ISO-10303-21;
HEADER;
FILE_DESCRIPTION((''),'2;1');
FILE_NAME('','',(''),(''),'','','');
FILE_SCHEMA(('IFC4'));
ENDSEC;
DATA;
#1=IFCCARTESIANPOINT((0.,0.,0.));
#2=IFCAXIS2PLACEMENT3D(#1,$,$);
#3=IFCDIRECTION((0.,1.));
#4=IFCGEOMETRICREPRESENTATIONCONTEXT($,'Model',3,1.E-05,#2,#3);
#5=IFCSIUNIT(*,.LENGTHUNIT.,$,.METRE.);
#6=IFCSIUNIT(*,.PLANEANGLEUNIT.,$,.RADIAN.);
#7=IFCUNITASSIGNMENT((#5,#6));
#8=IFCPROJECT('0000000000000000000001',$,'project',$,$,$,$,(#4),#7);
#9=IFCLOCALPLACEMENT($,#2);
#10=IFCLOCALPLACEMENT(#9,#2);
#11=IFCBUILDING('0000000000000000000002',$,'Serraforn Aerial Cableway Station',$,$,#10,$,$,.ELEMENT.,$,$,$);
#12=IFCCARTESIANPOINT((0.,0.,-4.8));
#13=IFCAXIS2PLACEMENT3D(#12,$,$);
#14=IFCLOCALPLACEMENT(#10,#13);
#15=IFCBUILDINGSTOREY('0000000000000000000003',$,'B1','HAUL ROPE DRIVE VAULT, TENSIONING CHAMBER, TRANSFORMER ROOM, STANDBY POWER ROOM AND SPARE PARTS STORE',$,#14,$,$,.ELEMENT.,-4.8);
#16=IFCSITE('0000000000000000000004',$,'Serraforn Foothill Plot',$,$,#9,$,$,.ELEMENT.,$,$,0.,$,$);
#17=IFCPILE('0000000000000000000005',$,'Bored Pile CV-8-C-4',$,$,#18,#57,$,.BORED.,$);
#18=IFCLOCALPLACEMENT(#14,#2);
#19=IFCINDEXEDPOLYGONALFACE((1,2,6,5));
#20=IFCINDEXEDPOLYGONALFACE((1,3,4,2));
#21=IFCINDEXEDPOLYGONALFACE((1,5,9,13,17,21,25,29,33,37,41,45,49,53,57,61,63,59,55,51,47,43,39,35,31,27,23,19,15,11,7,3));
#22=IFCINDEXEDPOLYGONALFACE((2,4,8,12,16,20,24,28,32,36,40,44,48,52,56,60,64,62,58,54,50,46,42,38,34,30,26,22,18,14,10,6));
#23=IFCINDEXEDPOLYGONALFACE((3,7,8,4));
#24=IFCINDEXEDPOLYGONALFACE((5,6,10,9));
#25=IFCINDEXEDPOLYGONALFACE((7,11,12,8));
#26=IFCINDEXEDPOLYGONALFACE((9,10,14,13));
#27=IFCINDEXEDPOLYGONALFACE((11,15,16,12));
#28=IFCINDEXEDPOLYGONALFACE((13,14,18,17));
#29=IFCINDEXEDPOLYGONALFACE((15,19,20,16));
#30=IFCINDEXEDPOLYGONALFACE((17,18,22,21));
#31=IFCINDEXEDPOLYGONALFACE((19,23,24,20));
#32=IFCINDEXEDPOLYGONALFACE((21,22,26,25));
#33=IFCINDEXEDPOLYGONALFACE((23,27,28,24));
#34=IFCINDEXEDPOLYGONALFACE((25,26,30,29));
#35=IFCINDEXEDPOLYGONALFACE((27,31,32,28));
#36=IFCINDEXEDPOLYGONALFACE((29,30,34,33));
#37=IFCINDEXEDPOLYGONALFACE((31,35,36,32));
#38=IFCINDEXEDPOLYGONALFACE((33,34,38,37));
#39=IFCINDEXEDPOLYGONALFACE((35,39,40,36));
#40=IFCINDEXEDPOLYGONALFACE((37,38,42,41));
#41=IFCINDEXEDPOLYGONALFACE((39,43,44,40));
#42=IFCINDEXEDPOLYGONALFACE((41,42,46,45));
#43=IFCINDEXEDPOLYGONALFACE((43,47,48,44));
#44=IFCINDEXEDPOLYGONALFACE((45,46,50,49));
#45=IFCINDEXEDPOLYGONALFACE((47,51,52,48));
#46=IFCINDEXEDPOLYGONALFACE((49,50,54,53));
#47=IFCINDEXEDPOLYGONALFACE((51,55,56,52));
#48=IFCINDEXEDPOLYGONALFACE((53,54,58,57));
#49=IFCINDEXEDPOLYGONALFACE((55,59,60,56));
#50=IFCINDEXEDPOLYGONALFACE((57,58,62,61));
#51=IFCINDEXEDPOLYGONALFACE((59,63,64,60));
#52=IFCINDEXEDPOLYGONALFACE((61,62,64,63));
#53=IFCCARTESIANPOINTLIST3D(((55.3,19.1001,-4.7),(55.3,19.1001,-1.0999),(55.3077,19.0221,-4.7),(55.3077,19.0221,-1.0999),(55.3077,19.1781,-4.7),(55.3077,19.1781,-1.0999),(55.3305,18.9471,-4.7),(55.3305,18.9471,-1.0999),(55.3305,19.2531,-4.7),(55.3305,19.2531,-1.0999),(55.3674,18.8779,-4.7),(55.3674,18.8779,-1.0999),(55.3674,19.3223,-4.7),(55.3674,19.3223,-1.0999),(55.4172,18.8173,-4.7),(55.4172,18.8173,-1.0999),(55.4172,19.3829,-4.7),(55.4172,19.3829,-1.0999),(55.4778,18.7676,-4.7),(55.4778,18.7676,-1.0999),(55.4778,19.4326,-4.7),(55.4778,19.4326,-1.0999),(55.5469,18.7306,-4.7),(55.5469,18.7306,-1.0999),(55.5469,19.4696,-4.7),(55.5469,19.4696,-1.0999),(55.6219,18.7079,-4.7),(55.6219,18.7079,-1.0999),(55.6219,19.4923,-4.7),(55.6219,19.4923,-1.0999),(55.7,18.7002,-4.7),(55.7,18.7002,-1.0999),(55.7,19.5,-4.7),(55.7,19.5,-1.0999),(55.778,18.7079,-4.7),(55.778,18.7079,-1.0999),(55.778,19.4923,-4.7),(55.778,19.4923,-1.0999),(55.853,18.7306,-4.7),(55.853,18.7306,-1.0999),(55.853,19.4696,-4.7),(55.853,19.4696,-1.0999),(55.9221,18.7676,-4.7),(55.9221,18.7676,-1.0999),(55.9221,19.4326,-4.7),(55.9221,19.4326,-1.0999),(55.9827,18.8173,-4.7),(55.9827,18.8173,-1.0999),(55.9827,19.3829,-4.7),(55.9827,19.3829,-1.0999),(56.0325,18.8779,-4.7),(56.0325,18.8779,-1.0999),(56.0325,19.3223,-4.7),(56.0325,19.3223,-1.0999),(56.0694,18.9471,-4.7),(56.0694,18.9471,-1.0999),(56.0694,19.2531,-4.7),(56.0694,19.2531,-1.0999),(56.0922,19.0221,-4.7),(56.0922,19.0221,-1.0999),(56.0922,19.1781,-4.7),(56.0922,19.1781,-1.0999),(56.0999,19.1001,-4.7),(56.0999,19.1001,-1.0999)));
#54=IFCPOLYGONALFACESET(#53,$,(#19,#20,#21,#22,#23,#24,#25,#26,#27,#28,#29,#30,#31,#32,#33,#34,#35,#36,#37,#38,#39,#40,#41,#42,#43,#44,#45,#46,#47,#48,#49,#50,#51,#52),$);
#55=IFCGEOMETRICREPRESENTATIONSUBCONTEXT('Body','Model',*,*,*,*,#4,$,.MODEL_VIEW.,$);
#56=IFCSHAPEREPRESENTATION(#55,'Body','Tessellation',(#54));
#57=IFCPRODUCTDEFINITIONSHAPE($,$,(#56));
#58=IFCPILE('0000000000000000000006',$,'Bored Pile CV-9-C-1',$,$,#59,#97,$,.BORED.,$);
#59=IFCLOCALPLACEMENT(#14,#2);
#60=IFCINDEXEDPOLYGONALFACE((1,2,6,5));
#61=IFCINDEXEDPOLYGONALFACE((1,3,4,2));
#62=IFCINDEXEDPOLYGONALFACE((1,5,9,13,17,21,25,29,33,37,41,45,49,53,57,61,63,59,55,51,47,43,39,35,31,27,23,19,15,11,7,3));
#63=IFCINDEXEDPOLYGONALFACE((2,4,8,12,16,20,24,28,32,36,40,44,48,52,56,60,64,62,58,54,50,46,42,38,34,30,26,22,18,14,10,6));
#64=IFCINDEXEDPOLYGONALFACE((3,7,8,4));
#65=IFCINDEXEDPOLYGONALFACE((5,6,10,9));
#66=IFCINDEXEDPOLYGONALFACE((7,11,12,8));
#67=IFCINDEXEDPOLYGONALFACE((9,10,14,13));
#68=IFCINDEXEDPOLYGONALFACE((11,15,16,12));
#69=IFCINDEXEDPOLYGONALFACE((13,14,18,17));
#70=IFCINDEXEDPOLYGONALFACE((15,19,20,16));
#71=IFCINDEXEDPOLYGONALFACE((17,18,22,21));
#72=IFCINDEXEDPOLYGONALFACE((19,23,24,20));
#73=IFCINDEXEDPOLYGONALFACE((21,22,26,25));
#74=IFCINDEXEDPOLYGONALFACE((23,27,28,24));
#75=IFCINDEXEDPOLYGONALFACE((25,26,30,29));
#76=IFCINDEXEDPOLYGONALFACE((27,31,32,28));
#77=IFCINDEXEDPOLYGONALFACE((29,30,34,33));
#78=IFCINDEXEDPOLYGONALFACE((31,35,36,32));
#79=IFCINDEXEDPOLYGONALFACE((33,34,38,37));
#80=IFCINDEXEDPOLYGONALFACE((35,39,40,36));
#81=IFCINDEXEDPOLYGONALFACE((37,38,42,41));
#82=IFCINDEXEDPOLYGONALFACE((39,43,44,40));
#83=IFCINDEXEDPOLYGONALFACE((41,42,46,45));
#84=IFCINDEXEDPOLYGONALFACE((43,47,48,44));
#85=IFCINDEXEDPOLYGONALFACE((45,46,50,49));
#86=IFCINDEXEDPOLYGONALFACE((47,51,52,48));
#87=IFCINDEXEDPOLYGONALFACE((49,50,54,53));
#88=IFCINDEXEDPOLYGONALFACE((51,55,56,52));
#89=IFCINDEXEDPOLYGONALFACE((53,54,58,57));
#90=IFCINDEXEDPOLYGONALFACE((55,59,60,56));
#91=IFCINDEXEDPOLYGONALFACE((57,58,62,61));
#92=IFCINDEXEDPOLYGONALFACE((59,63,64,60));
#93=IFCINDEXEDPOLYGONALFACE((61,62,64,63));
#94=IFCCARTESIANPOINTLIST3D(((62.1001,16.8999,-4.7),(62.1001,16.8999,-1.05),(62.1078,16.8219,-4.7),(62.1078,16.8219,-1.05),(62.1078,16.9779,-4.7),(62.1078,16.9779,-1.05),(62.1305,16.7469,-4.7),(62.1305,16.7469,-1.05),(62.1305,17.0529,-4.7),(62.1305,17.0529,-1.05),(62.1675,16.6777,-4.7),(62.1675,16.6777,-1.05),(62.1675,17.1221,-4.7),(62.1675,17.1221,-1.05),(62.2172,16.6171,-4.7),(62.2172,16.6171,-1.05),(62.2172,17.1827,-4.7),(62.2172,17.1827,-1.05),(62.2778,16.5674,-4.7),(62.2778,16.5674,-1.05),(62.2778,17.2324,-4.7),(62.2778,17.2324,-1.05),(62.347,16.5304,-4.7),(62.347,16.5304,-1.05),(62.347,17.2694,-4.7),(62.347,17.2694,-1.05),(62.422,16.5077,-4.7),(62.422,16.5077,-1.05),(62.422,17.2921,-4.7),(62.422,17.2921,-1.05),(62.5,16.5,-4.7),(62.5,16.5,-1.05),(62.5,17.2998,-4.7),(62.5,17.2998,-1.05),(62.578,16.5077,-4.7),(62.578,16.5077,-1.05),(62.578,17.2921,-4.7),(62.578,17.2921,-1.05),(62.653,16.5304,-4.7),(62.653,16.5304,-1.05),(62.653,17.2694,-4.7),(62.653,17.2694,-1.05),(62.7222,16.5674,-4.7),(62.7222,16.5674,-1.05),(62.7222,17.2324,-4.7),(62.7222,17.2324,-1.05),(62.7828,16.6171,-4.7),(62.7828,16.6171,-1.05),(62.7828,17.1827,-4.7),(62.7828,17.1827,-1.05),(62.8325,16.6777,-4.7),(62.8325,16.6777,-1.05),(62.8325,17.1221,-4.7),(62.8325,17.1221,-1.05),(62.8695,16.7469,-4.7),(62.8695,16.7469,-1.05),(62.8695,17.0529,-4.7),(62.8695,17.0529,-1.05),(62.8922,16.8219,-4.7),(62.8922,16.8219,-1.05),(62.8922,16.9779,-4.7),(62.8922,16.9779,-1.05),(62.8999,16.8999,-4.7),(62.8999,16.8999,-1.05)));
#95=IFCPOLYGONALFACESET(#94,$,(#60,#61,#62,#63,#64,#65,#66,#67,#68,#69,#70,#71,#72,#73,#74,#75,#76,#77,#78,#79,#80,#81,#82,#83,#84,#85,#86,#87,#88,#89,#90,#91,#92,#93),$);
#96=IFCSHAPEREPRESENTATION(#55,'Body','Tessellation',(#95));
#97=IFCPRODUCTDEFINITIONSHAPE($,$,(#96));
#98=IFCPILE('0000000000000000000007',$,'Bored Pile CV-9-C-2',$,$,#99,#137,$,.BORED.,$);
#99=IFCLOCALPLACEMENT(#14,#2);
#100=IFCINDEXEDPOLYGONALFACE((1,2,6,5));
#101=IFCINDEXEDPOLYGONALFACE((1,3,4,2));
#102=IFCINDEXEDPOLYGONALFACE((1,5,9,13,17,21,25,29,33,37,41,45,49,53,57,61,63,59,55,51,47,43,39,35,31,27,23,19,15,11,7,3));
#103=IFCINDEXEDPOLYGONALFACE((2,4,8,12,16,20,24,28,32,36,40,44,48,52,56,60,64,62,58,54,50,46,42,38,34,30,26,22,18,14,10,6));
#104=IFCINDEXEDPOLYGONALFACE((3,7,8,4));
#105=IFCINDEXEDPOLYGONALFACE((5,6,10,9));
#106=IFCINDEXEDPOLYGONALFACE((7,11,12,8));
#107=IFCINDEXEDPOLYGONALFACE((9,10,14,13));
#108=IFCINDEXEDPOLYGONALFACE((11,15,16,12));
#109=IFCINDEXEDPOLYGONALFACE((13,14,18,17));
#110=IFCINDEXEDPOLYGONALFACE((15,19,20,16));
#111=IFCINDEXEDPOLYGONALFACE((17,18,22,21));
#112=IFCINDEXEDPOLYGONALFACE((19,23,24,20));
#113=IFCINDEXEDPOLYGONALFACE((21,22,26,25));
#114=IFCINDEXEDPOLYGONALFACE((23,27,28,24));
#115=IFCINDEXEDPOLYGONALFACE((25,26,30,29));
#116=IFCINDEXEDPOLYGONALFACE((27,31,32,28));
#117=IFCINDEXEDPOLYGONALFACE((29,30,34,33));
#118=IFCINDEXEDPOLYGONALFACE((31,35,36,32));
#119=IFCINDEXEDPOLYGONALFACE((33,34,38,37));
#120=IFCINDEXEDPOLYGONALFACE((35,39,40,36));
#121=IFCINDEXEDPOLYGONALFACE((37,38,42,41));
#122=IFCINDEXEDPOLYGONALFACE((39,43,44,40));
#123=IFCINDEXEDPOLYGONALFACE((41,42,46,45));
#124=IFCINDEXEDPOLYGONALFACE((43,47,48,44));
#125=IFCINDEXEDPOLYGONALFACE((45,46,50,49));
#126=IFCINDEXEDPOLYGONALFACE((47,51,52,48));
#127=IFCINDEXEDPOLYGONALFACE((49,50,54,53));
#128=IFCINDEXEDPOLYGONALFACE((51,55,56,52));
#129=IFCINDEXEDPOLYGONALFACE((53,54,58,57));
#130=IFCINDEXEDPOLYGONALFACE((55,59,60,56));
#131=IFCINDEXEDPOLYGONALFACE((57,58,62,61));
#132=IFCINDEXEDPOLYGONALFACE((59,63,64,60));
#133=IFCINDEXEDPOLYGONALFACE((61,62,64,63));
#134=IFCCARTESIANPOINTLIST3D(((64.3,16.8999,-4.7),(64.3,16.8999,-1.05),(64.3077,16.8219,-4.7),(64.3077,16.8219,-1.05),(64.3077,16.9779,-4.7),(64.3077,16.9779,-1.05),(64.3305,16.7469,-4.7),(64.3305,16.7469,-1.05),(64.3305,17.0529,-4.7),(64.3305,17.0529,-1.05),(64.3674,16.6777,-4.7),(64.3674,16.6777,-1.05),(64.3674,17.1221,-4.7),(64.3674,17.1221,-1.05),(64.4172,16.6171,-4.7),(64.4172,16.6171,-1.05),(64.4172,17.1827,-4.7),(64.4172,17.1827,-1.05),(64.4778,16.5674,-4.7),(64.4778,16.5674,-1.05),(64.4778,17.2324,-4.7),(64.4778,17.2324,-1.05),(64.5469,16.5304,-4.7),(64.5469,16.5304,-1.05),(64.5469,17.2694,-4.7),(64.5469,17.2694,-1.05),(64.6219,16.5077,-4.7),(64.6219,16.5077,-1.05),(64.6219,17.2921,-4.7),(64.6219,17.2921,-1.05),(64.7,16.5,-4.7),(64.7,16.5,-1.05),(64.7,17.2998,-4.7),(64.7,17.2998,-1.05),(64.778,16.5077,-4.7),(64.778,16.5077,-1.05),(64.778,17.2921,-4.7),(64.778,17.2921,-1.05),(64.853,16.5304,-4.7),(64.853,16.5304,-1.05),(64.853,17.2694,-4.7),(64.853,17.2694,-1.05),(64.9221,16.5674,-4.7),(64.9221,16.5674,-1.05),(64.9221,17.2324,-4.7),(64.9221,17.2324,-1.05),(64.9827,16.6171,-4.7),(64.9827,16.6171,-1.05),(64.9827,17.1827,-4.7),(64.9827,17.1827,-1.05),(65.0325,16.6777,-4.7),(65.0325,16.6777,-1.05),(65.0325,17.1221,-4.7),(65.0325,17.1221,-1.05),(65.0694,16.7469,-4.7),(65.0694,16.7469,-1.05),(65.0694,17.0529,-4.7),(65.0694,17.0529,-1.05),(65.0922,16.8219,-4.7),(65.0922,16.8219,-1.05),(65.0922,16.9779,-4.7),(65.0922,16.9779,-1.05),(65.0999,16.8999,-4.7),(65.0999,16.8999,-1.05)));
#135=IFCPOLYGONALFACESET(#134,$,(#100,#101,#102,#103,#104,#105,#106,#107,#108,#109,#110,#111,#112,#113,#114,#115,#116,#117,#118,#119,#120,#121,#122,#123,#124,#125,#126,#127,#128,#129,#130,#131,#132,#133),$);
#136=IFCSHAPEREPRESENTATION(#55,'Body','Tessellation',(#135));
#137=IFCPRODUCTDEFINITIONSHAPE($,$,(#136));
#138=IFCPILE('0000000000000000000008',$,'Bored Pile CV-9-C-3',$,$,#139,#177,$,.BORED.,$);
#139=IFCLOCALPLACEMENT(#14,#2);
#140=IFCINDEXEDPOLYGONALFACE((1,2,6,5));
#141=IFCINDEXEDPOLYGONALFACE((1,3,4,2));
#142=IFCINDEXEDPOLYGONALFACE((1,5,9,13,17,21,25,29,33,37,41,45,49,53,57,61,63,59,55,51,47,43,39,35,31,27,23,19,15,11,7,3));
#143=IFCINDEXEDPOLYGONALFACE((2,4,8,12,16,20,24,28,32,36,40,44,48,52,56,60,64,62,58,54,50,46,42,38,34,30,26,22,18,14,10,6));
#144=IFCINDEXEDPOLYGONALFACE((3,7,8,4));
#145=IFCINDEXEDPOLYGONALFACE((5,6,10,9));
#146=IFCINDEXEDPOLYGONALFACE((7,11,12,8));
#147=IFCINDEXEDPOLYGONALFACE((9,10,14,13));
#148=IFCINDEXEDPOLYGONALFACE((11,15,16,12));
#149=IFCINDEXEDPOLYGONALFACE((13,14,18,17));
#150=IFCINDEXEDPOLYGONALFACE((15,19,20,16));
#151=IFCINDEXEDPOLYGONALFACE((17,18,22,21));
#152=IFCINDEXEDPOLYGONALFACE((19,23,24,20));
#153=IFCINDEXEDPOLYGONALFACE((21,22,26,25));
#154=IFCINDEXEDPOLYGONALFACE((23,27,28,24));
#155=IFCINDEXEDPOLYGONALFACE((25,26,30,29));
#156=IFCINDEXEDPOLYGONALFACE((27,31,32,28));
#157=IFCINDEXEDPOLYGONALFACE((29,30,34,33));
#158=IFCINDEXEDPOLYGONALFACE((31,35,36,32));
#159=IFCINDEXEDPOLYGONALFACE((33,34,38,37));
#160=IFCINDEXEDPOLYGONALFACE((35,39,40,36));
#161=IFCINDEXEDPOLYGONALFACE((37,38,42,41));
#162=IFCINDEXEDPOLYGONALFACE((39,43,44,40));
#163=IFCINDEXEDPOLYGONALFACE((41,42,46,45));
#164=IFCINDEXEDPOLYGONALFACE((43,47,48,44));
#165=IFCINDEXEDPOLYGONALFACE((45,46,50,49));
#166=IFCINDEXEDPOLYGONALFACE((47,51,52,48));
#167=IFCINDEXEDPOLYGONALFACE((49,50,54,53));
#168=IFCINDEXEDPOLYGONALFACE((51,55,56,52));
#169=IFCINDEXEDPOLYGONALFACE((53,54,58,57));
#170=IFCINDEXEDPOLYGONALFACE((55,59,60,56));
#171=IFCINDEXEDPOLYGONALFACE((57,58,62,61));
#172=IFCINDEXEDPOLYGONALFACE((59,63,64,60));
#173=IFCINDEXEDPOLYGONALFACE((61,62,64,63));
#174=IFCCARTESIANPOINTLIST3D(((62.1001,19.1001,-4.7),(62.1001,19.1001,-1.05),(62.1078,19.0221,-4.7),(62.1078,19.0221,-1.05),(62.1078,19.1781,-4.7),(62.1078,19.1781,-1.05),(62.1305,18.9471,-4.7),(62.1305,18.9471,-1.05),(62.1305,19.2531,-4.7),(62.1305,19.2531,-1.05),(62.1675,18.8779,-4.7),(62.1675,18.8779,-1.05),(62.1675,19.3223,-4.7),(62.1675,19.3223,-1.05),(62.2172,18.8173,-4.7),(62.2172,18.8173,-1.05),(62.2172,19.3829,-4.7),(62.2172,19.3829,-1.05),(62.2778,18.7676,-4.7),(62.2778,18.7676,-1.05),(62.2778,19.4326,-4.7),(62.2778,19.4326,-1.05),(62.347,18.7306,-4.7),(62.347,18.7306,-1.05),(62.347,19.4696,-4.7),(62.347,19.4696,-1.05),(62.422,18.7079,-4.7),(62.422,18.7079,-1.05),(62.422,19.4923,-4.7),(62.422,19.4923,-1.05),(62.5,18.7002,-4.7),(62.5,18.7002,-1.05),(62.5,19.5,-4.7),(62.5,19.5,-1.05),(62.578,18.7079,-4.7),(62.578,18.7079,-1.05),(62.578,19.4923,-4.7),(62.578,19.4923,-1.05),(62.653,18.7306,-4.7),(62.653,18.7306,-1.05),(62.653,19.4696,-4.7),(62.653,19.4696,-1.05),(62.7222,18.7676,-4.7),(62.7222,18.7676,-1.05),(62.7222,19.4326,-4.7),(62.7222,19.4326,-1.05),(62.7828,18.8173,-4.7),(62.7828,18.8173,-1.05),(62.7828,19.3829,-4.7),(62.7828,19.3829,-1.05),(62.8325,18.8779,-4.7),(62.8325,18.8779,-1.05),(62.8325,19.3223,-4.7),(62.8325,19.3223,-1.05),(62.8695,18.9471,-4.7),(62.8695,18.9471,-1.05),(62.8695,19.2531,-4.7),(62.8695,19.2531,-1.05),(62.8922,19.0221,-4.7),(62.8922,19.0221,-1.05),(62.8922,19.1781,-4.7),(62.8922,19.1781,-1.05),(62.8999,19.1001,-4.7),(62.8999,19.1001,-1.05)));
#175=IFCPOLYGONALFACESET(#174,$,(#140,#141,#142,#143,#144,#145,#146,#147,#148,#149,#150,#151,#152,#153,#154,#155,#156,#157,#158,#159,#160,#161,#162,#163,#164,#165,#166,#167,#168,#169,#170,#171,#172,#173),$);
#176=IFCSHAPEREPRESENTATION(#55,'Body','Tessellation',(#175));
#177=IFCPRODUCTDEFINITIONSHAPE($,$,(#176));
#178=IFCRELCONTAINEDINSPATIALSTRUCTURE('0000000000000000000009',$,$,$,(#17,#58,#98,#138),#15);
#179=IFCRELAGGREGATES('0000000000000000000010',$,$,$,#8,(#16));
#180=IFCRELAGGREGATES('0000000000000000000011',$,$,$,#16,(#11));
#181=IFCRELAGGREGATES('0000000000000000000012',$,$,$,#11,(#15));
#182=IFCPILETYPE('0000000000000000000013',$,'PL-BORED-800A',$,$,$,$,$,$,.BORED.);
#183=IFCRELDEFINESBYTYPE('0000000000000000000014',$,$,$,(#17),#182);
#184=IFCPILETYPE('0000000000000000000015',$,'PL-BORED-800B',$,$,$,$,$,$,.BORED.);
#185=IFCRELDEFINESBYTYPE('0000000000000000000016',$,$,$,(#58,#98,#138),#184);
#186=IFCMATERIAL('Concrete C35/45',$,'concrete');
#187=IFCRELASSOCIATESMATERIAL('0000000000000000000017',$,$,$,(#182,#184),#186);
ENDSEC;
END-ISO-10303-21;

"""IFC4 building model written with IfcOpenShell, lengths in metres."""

from ifc_helpers import new_model, si_unit, direction, frame, origin, origin_2d, place, context, subcontext, project, spatial, circle, extrude, material, material_profile, profile_set, type_object, element, save


model = new_model("IFC4")

# Units and contexts
model_context = context("Model", 3, precision=1e-05, world=origin(), true_north=direction((0.0, 1.0)))
body_context = subcontext(model_context, "Body", "Model", "MODEL_VIEW")
ifc_project = project(units=[si_unit("LENGTHUNIT", "METRE"), si_unit("PLANEANGLEUNIT", "RADIAN")], contexts=[model_context])

# Site, building, storey
site_placement = place(None, origin())
site = spatial("IfcSite", under=ifc_project, at=site_placement, Name="Serraforn Foothill Plot", CompositionType="ELEMENT", RefElevation=0.0)
building_placement = place(site_placement, origin())
building = spatial("IfcBuilding", under=site, at=building_placement, Name="Serraforn Aerial Cableway Station", CompositionType="ELEMENT")
storey_placement = place(building_placement, frame((0.0, 0.0, -4.8)))
storey = spatial("IfcBuildingStorey", under=building, at=storey_placement, Name="B1", Description="HAUL ROPE DRIVE VAULT, TENSIONING CHAMBER, TRANSFORMER ROOM, STANDBY POWER ROOM AND SPARE PARTS STORE", CompositionType="ELEMENT", Elevation=-4.8)

# Shared definitions
ifc_material_1 = material(Name="Concrete C35/45", Category="concrete")

# Piles
ifc_material_profile_1 = material_profile(ifc_material_1, circle(Radius=0.3999, at=origin_2d()), Name="BORED PILE D800")
ifc_profile_set_1 = profile_set([ifc_material_profile_1], Name="Concrete C35/45")
pile_type_1 = type_object("IfcPileType", Name="PL-BORED-800A", PredefinedType="BORED", material=ifc_profile_set_1)
for number, where, z_axis, x_axis, name in (
    (1, (55.7, 19.1001, -1.0999), (0.0, 0.0, -1.0), (1.0, 0.0, 0.0), "Bored Pile CV-8-C-4"),
):
    element("IfcPile", number, at=place(storey_placement, frame(where, z_axis=z_axis, x_axis=x_axis)), inside=storey, type_object=pile_type_1, Name=name, PredefinedType="BORED", context=body_context, shape_type="SweptSolid", body=[
        extrude(circle(Radius=0.3999, at=origin_2d()), origin(), (0.0, 0.0, 1.0), 3.6001),
    ])
ifc_material_profile_2 = material_profile(ifc_material_1, circle(Radius=0.3999, at=origin_2d()), Name="BORED PILE D800")
ifc_profile_set_2 = profile_set([ifc_material_profile_2], Name="Concrete C35/45")
pile_type_2 = type_object("IfcPileType", Name="PL-BORED-800B", PredefinedType="BORED", material=ifc_profile_set_2)
for number, where, z_axis, x_axis, name in (
    (2, (62.5, 16.8999, -1.05), (0.0, 0.0, -1.0), (1.0, 0.0, 0.0), "Bored Pile CV-9-C-1"),
    (3, (64.7, 16.8999, -1.05), (0.0, 0.0, -1.0), (1.0, 0.0, 0.0), "Bored Pile CV-9-C-2"),
    (4, (62.5, 19.1001, -1.05), (0.0, 0.0, -1.0), (1.0, 0.0, 0.0), "Bored Pile CV-9-C-3"),
):
    element("IfcPile", number, at=place(storey_placement, frame(where, z_axis=z_axis, x_axis=x_axis)), inside=storey, type_object=pile_type_2, Name=name, PredefinedType="BORED", context=body_context, shape_type="SweptSolid", body=[
        extrude(circle(Radius=0.3999, at=origin_2d()), origin(), (0.0, 0.0, 1.0), 3.6499),
    ])

save(model, "model.ifc")
